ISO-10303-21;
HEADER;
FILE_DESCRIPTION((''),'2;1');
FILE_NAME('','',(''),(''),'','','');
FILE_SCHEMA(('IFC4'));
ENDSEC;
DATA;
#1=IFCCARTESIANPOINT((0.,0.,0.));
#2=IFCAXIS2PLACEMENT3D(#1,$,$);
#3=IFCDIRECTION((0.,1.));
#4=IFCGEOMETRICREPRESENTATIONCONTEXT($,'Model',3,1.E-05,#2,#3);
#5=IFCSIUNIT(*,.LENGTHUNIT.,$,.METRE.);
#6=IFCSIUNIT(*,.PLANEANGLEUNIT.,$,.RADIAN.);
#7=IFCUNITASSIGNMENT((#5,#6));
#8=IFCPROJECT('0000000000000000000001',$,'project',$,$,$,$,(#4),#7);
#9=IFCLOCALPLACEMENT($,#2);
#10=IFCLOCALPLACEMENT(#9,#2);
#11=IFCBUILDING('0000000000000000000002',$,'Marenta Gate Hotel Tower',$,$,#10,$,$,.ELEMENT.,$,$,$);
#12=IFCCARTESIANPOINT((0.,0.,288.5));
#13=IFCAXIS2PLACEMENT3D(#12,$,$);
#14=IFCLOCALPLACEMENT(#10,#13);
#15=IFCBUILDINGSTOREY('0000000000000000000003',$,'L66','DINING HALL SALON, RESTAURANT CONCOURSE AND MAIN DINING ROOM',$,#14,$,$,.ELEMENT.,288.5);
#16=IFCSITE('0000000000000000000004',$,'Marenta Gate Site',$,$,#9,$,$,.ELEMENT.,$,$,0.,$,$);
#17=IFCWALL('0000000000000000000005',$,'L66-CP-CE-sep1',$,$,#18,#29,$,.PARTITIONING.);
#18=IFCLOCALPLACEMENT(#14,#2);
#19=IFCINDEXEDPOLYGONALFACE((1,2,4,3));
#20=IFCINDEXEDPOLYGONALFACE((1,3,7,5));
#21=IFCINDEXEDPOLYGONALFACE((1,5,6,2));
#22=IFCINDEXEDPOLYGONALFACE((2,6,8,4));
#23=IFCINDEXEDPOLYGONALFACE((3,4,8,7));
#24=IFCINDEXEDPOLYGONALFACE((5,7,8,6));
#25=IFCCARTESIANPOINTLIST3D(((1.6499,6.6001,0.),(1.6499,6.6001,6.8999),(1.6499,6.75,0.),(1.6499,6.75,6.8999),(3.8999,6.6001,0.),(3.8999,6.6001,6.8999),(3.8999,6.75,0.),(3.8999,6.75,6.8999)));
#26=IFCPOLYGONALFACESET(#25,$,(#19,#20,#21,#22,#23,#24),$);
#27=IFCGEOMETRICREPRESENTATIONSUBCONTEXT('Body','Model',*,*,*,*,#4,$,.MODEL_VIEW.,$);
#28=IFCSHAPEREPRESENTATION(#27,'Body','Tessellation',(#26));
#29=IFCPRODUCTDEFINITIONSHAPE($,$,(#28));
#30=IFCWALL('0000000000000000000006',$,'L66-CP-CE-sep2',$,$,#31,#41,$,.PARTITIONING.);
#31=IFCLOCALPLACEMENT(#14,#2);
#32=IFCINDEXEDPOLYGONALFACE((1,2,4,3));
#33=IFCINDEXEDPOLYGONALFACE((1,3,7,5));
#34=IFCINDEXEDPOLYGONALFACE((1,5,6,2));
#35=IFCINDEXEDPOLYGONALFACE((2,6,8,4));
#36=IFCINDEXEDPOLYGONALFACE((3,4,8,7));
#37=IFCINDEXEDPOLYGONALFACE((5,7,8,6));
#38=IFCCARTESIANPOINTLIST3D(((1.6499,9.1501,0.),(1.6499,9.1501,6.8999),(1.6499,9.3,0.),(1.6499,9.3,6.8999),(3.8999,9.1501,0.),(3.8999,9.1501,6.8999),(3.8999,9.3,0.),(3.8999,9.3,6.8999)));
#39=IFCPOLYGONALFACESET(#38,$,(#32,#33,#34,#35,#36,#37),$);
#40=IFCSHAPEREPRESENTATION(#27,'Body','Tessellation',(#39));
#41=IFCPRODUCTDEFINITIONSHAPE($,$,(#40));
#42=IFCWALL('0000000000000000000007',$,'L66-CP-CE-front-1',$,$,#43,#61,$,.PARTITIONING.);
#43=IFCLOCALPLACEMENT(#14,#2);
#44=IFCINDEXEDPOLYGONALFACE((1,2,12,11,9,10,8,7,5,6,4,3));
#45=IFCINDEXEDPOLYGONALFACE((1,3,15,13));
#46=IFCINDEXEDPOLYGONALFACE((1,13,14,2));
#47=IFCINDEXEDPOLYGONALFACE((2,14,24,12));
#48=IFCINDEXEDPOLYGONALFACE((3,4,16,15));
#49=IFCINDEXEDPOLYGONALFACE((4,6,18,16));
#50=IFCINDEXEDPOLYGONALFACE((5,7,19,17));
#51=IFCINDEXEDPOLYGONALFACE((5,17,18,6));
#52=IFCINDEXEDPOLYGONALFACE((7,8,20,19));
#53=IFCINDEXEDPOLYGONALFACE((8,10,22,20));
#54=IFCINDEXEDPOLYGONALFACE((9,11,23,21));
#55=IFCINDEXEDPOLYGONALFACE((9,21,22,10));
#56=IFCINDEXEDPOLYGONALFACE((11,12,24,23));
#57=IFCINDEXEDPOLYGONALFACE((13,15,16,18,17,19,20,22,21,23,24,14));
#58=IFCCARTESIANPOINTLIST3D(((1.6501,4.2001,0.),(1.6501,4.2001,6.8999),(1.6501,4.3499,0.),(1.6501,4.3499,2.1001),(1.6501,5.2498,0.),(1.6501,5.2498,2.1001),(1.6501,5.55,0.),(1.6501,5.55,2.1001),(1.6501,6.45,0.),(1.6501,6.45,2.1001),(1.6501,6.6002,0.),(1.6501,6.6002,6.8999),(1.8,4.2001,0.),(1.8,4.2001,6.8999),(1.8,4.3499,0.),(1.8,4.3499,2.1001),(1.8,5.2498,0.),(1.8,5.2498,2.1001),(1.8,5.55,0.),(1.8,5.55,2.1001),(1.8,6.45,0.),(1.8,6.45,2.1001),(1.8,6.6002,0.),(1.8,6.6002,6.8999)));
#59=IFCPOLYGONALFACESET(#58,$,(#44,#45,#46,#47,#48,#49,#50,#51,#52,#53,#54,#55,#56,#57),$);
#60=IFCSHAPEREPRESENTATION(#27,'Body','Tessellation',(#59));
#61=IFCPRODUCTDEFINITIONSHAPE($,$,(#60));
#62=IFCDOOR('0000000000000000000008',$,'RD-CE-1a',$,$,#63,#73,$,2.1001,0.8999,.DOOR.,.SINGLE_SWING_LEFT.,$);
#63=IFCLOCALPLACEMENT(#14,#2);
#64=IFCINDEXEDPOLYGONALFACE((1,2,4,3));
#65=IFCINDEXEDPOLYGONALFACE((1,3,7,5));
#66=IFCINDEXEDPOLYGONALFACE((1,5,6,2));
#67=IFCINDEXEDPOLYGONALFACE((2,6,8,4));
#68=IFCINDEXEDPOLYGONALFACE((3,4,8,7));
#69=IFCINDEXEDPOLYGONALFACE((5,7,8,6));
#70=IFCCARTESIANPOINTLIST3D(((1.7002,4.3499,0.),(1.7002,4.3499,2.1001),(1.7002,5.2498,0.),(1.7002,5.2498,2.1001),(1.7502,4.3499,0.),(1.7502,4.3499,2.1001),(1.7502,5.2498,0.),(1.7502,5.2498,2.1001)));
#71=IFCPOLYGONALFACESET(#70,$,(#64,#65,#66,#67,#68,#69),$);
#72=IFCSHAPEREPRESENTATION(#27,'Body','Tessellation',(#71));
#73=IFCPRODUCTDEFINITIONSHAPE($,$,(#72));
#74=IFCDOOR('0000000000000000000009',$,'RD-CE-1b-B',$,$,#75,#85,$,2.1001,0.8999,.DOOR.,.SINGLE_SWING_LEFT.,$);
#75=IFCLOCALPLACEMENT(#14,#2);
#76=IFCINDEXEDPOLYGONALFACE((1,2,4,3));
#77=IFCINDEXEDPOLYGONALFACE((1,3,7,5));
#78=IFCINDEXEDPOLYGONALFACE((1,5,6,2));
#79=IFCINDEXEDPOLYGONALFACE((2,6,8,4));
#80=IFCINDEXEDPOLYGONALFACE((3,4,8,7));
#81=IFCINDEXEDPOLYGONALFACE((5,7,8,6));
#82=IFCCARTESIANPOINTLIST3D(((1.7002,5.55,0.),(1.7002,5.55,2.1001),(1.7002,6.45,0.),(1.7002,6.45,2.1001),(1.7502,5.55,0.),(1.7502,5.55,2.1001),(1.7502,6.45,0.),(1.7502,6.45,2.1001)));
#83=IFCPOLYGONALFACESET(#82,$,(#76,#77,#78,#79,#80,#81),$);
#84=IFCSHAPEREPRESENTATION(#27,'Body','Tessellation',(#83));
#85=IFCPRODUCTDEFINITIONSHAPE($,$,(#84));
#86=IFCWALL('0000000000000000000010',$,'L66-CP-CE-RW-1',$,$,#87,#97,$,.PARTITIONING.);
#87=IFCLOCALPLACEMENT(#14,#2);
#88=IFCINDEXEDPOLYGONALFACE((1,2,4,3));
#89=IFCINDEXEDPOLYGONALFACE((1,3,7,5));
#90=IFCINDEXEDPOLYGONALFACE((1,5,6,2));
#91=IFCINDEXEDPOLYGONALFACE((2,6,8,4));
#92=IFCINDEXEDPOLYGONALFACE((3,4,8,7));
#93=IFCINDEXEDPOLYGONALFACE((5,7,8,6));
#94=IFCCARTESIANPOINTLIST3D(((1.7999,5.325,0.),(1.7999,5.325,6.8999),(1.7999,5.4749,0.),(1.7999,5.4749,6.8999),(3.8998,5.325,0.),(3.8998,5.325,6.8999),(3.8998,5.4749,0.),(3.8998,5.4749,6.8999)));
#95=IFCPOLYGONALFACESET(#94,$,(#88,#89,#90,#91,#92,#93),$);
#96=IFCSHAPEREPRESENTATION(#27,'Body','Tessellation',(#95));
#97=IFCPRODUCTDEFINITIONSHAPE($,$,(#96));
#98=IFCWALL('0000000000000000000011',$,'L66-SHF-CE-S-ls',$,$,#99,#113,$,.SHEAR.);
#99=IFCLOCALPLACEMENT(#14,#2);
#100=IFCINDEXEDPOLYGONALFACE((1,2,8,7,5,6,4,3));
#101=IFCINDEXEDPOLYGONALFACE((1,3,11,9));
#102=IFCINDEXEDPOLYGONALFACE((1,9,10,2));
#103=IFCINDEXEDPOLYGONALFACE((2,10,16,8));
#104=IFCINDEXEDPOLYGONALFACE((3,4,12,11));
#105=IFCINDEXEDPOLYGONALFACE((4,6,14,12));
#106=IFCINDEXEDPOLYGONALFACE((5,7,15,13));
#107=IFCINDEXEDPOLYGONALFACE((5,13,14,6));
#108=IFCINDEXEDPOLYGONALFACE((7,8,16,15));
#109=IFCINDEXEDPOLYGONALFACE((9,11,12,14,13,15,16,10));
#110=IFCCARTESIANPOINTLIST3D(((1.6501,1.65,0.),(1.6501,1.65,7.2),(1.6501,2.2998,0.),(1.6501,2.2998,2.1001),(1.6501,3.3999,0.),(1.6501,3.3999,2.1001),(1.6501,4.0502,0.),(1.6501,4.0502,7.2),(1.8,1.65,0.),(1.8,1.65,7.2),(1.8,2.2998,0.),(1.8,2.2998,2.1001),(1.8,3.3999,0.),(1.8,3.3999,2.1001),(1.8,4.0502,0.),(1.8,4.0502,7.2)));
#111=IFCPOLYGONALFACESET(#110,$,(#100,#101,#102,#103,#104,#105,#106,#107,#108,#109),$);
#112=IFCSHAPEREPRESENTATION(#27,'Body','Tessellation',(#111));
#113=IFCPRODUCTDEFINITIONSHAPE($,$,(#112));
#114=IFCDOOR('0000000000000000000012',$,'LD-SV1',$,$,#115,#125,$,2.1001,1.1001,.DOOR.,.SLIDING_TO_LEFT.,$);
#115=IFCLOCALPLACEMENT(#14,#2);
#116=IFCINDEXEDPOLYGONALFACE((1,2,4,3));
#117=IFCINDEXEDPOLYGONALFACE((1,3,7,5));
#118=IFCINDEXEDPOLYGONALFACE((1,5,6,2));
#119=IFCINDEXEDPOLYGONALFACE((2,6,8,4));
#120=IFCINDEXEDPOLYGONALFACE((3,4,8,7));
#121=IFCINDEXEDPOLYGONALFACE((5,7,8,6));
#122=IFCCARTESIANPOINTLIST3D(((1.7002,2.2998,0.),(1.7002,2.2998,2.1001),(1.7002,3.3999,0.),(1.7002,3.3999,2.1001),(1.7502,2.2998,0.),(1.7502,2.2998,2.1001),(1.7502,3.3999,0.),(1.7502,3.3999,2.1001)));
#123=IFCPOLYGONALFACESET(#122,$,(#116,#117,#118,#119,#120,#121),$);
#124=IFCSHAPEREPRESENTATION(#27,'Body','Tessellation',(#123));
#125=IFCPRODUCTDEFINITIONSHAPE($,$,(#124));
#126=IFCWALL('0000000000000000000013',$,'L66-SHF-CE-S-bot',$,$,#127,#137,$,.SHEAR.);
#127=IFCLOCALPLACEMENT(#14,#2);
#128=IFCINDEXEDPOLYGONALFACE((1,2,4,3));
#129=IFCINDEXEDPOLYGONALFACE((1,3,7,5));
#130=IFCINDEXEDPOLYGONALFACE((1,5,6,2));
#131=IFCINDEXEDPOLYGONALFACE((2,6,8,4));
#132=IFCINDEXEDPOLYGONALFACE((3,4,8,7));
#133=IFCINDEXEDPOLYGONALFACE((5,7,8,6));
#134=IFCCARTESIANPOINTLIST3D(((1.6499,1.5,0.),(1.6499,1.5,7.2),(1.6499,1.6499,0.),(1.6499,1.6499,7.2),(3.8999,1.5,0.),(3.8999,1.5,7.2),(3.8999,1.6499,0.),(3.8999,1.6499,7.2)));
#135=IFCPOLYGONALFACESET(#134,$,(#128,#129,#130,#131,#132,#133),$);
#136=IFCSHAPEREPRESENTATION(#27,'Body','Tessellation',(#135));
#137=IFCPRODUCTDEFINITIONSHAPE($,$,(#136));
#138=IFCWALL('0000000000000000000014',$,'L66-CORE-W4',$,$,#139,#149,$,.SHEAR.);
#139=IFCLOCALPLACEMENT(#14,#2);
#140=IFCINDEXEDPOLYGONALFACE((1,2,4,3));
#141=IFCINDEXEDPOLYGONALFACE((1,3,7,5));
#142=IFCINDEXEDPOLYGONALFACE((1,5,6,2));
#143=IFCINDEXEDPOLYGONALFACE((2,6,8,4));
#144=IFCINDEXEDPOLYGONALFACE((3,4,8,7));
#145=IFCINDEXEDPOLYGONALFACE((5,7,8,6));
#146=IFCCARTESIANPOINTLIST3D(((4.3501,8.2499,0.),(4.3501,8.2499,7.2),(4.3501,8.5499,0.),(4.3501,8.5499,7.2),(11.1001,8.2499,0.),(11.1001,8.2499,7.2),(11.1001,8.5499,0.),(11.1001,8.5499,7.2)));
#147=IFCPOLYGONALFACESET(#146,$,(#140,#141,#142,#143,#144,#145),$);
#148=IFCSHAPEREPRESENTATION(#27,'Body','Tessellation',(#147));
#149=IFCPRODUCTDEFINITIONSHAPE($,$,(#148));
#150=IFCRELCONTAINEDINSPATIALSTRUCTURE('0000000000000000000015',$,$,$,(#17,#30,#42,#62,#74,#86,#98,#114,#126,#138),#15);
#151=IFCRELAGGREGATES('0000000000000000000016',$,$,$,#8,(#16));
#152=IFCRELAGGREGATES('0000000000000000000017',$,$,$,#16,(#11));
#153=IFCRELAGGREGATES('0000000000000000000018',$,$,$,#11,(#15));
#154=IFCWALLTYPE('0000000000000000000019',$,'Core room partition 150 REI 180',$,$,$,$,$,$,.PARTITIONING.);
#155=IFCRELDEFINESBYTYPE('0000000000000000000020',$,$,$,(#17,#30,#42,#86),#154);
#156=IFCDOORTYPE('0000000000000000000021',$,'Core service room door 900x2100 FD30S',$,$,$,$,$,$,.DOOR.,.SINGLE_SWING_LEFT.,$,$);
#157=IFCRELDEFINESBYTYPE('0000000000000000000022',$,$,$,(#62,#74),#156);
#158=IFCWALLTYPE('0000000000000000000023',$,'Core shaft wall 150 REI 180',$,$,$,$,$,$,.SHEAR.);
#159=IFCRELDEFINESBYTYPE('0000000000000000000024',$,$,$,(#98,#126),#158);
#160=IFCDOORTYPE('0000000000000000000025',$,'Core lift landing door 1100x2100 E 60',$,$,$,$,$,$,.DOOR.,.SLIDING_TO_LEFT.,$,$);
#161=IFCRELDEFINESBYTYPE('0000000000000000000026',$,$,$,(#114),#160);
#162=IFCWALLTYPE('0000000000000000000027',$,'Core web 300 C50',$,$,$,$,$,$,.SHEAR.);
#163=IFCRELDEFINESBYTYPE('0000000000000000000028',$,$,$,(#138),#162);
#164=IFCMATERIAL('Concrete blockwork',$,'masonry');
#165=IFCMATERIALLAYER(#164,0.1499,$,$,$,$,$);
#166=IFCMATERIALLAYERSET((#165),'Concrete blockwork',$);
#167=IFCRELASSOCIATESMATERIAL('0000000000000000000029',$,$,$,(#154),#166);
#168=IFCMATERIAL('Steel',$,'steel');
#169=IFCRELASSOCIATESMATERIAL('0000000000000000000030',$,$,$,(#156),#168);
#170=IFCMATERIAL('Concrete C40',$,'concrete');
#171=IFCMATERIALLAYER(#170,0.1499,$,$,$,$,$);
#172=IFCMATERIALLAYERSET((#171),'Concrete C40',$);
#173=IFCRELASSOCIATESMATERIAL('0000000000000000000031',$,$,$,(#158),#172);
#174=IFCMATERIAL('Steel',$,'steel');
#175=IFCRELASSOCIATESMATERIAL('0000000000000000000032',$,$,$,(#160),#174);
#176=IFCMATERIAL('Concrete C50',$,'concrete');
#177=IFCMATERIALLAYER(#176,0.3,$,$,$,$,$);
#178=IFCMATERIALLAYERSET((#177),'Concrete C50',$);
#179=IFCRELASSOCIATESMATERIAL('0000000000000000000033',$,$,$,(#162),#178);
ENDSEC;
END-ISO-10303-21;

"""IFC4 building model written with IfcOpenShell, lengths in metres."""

from ifc_helpers import new_model, si_unit, direction, frame, frame_2d, origin, place, context, subcontext, project, spatial, rectangle, extrude, material, layer, layer_set, type_object, element, fill, save


model = new_model("IFC4")

# Units and contexts
model_context = context("Model", 3, precision=1e-05, world=origin(), true_north=direction((0.0, 1.0)))
body_context = subcontext(model_context, "Body", "Model", "MODEL_VIEW")
ifc_project = project(units=[si_unit("LENGTHUNIT", "METRE"), si_unit("PLANEANGLEUNIT", "RADIAN")], contexts=[model_context])

# Site, building, storey
site_placement = place(None, origin())
site = spatial("IfcSite", under=ifc_project, at=site_placement, Name="Marenta Gate Site", CompositionType="ELEMENT", RefElevation=0.0)
building_placement = place(site_placement, origin())
building = spatial("IfcBuilding", under=site, at=building_placement, Name="Marenta Gate Hotel Tower", CompositionType="ELEMENT")
storey_placement = place(building_placement, frame((0.0, 0.0, 288.5)))
storey = spatial("IfcBuildingStorey", under=building, at=storey_placement, Name="L66", Description="DINING HALL SALON, RESTAURANT CONCOURSE AND MAIN DINING ROOM", CompositionType="ELEMENT", Elevation=288.5)

# Walls
ifc_material_1 = material(Name="Concrete blockwork", Category="masonry")
ifc_layer_1 = layer(ifc_material_1, 0.1499)
ifc_layer_set_1 = layer_set([ifc_layer_1], Name="Concrete blockwork")
wall_type_1 = type_object("IfcWallType", Name="Core room partition 150 REI 180", PredefinedType="PARTITIONING", material=ifc_layer_set_1)
for number, where, z_axis, x_axis, name in (
    (1, (1.6499, 6.675, 0.0), (0.0, 0.0, 1.0), (1.0, 0.0, 0.0), "L66-CP-CE-sep1"),
    (2, (1.6499, 9.2251, 0.0), (0.0, 0.0, 1.0), (1.0, 0.0, 0.0), "L66-CP-CE-sep2"),
):
    element("IfcWall", number, at=place(storey_placement, frame(where, z_axis=z_axis, x_axis=x_axis)), inside=storey, type_object=wall_type_1, Name=name, PredefinedType="PARTITIONING", context=body_context, shape_type="SweptSolid", body=[
        extrude(rectangle(XDim=2.25, YDim=0.1499, at=frame_2d((1.125, 0.0))), origin(), (0.0, 0.0, 1.0), 6.8999),
    ])

# Wall, openings, doors
wall_1_placement = place(storey_placement, frame((1.7251, 4.2, 0.0), z_axis=(0.0, 0.0, 1.0), x_axis=(0.0, 1.0, 0.0)))
wall_1 = element("IfcWall", 3, at=wall_1_placement, inside=storey, type_object=wall_type_1, Name="L66-CP-CE-front-1", PredefinedType="PARTITIONING", context=body_context, shape_type="SweptSolid", body=[
    extrude(rectangle(XDim=2.4001, YDim=0.1499, at=frame_2d((1.2002, 0.0))), origin(), (0.0, 0.0, 1.0), 6.8999),
])
opening_1_placement = place(wall_1_placement, frame((0.1499, 0.0, 0.0)))
opening_1 = element("IfcOpeningElement", 4, at=opening_1_placement, cuts=wall_1, PredefinedType="OPENING", context=body_context, shape_type="SweptSolid", body=[
    extrude(rectangle(XDim=0.8999, YDim=2.1001, at=frame_2d((0.45, 1.05))), frame((0.0, 0.075, 0.0), z_axis=(0.0, -1.0, 0.0), x_axis=(1.0, 0.0, 0.0)), (0.0, 0.0, 1.0), 0.1499),
])
opening_2_placement = place(wall_1_placement, frame((1.3501, 0.0, 0.0)))
opening_2 = element("IfcOpeningElement", 5, at=opening_2_placement, cuts=wall_1, PredefinedType="OPENING", context=body_context, shape_type="SweptSolid", body=[
    extrude(rectangle(XDim=0.8999, YDim=2.1001, at=frame_2d((0.45, 1.05))), frame((0.0, 0.075, 0.0), z_axis=(0.0, -1.0, 0.0), x_axis=(1.0, 0.0, 0.0)), (0.0, 0.0, 1.0), 0.1499),
])
ifc_material_2 = material(Name="Steel", Category="steel")
door_type_1 = type_object("IfcDoorType", Name="Core service room door 900x2100 FD30S", OperationType="SINGLE_SWING_LEFT", PredefinedType="DOOR", material=ifc_material_2)
door_1_placement = place(opening_1_placement, origin())
door_1 = element("IfcDoor", 6, at=door_1_placement, inside=storey, type_object=door_type_1, Name="RD-CE-1a", OperationType="SINGLE_SWING_LEFT", OverallHeight=2.1001, OverallWidth=0.8999, PredefinedType="DOOR", context=body_context, shape_type="SweptSolid", body=[
    extrude(rectangle(XDim=0.8999, YDim=2.1001, at=frame_2d((0.45, 1.05))), frame((0.0, 0.0249, 0.0), z_axis=(0.0, -1.0, 0.0), x_axis=(1.0, 0.0, 0.0)), (0.0, 0.0, 1.0), 0.05),
])
fill(opening_1, door_1)
door_2_placement = place(opening_2_placement, origin())
door_2 = element("IfcDoor", 7, at=door_2_placement, inside=storey, type_object=door_type_1, Name="RD-CE-1b-B", OperationType="SINGLE_SWING_LEFT", OverallHeight=2.1001, OverallWidth=0.8999, PredefinedType="DOOR", context=body_context, shape_type="SweptSolid", body=[
    extrude(rectangle(XDim=0.8999, YDim=2.1001, at=frame_2d((0.45, 1.05))), frame((0.0, 0.0249, 0.0), z_axis=(0.0, -1.0, 0.0), x_axis=(1.0, 0.0, 0.0)), (0.0, 0.0, 1.0), 0.05),
])
fill(opening_2, door_2)

# Wall
wall_2_placement = place(storey_placement, frame((1.8, 5.3999, 0.0), z_axis=(0.0, 0.0, 1.0), x_axis=(1.0, 0.0, 0.0)))
element("IfcWall", 8, at=wall_2_placement, inside=storey, type_object=wall_type_1, Name="L66-CP-CE-RW-1", PredefinedType="PARTITIONING", context=body_context, shape_type="SweptSolid", body=[
    extrude(rectangle(XDim=2.0999, YDim=0.1499, at=frame_2d((1.0498, 0.0))), origin(), (0.0, 0.0, 1.0), 6.8999),
])

# Wall, opening, door
ifc_material_3 = material(Name="Concrete C40", Category="concrete")
ifc_layer_2 = layer(ifc_material_3, 0.1499)
ifc_layer_set_2 = layer_set([ifc_layer_2], Name="Concrete C40")
wall_type_2 = type_object("IfcWallType", Name="Core shaft wall 150 REI 180", PredefinedType="SHEAR", material=ifc_layer_set_2)
wall_3_placement = place(storey_placement, frame((1.7251, 1.6499, 0.0), z_axis=(0.0, 0.0, 1.0), x_axis=(0.0, 1.0, 0.0)))
wall_3 = element("IfcWall", 9, at=wall_3_placement, inside=storey, type_object=wall_type_2, Name="L66-SHF-CE-S-ls", PredefinedType="SHEAR", context=body_context, shape_type="SweptSolid", body=[
    extrude(rectangle(XDim=2.4001, YDim=0.1499, at=frame_2d((1.2002, 0.0))), origin(), (0.0, 0.0, 1.0), 7.2),
])
opening_3_placement = place(wall_3_placement, frame((0.6499, 0.0, 0.0)))
opening_3 = element("IfcOpeningElement", 10, at=opening_3_placement, cuts=wall_3, PredefinedType="OPENING", context=body_context, shape_type="SweptSolid", body=[
    extrude(rectangle(XDim=1.1001, YDim=2.1001, at=frame_2d((0.55, 1.05))), frame((0.0, 0.075, 0.0), z_axis=(0.0, -1.0, 0.0), x_axis=(1.0, 0.0, 0.0)), (0.0, 0.0, 1.0), 0.1499),
])
ifc_material_4 = material(Name="Steel", Category="steel")
door_type_2 = type_object("IfcDoorType", Name="Core lift landing door 1100x2100 E 60", OperationType="SLIDING_TO_LEFT", PredefinedType="DOOR", material=ifc_material_4)
door_3_placement = place(opening_3_placement, origin())
door_3 = element("IfcDoor", 11, at=door_3_placement, inside=storey, type_object=door_type_2, Name="LD-SV1", OperationType="SLIDING_TO_LEFT", OverallHeight=2.1001, OverallWidth=1.1001, PredefinedType="DOOR", context=body_context, shape_type="SweptSolid", body=[
    extrude(rectangle(XDim=1.1001, YDim=2.1001, at=frame_2d((0.55, 1.05))), frame((0.0, 0.0249, 0.0), z_axis=(0.0, -1.0, 0.0), x_axis=(1.0, 0.0, 0.0)), (0.0, 0.0, 1.0), 0.05),
])
fill(opening_3, door_3)

# Wall
wall_4_placement = place(storey_placement, frame((1.6499, 1.575, 0.0), z_axis=(0.0, 0.0, 1.0), x_axis=(1.0, 0.0, 0.0)))
element("IfcWall", 12, at=wall_4_placement, inside=storey, type_object=wall_type_2, Name="L66-SHF-CE-S-bot", PredefinedType="SHEAR", context=body_context, shape_type="SweptSolid", body=[
    extrude(rectangle(XDim=2.25, YDim=0.1499, at=frame_2d((1.125, 0.0))), origin(), (0.0, 0.0, 1.0), 7.2),
])

# Shared definitions
ifc_material_5 = material(Name="Concrete C50", Category="concrete")
ifc_layer_3 = layer(ifc_material_5, 0.3)
ifc_layer_set_3 = layer_set([ifc_layer_3], Name="Concrete C50")
wall_type_3 = type_object("IfcWallType", Name="Core web 300 C50", PredefinedType="SHEAR", material=ifc_layer_set_3)

# Wall
wall_5_placement = place(storey_placement, frame((4.3501, 8.3999, 0.0), z_axis=(0.0, 0.0, 1.0), x_axis=(1.0, 0.0, 0.0)))
element("IfcWall", 13, at=wall_5_placement, inside=storey, type_object=wall_type_3, Name="L66-CORE-W4", PredefinedType="SHEAR", context=body_context, shape_type="SweptSolid", body=[
    extrude(rectangle(XDim=6.75, YDim=0.3, at=frame_2d((3.375, 0.0))), origin(), (0.0, 0.0, 1.0), 7.2),
])

save(model, "model.ifc")
